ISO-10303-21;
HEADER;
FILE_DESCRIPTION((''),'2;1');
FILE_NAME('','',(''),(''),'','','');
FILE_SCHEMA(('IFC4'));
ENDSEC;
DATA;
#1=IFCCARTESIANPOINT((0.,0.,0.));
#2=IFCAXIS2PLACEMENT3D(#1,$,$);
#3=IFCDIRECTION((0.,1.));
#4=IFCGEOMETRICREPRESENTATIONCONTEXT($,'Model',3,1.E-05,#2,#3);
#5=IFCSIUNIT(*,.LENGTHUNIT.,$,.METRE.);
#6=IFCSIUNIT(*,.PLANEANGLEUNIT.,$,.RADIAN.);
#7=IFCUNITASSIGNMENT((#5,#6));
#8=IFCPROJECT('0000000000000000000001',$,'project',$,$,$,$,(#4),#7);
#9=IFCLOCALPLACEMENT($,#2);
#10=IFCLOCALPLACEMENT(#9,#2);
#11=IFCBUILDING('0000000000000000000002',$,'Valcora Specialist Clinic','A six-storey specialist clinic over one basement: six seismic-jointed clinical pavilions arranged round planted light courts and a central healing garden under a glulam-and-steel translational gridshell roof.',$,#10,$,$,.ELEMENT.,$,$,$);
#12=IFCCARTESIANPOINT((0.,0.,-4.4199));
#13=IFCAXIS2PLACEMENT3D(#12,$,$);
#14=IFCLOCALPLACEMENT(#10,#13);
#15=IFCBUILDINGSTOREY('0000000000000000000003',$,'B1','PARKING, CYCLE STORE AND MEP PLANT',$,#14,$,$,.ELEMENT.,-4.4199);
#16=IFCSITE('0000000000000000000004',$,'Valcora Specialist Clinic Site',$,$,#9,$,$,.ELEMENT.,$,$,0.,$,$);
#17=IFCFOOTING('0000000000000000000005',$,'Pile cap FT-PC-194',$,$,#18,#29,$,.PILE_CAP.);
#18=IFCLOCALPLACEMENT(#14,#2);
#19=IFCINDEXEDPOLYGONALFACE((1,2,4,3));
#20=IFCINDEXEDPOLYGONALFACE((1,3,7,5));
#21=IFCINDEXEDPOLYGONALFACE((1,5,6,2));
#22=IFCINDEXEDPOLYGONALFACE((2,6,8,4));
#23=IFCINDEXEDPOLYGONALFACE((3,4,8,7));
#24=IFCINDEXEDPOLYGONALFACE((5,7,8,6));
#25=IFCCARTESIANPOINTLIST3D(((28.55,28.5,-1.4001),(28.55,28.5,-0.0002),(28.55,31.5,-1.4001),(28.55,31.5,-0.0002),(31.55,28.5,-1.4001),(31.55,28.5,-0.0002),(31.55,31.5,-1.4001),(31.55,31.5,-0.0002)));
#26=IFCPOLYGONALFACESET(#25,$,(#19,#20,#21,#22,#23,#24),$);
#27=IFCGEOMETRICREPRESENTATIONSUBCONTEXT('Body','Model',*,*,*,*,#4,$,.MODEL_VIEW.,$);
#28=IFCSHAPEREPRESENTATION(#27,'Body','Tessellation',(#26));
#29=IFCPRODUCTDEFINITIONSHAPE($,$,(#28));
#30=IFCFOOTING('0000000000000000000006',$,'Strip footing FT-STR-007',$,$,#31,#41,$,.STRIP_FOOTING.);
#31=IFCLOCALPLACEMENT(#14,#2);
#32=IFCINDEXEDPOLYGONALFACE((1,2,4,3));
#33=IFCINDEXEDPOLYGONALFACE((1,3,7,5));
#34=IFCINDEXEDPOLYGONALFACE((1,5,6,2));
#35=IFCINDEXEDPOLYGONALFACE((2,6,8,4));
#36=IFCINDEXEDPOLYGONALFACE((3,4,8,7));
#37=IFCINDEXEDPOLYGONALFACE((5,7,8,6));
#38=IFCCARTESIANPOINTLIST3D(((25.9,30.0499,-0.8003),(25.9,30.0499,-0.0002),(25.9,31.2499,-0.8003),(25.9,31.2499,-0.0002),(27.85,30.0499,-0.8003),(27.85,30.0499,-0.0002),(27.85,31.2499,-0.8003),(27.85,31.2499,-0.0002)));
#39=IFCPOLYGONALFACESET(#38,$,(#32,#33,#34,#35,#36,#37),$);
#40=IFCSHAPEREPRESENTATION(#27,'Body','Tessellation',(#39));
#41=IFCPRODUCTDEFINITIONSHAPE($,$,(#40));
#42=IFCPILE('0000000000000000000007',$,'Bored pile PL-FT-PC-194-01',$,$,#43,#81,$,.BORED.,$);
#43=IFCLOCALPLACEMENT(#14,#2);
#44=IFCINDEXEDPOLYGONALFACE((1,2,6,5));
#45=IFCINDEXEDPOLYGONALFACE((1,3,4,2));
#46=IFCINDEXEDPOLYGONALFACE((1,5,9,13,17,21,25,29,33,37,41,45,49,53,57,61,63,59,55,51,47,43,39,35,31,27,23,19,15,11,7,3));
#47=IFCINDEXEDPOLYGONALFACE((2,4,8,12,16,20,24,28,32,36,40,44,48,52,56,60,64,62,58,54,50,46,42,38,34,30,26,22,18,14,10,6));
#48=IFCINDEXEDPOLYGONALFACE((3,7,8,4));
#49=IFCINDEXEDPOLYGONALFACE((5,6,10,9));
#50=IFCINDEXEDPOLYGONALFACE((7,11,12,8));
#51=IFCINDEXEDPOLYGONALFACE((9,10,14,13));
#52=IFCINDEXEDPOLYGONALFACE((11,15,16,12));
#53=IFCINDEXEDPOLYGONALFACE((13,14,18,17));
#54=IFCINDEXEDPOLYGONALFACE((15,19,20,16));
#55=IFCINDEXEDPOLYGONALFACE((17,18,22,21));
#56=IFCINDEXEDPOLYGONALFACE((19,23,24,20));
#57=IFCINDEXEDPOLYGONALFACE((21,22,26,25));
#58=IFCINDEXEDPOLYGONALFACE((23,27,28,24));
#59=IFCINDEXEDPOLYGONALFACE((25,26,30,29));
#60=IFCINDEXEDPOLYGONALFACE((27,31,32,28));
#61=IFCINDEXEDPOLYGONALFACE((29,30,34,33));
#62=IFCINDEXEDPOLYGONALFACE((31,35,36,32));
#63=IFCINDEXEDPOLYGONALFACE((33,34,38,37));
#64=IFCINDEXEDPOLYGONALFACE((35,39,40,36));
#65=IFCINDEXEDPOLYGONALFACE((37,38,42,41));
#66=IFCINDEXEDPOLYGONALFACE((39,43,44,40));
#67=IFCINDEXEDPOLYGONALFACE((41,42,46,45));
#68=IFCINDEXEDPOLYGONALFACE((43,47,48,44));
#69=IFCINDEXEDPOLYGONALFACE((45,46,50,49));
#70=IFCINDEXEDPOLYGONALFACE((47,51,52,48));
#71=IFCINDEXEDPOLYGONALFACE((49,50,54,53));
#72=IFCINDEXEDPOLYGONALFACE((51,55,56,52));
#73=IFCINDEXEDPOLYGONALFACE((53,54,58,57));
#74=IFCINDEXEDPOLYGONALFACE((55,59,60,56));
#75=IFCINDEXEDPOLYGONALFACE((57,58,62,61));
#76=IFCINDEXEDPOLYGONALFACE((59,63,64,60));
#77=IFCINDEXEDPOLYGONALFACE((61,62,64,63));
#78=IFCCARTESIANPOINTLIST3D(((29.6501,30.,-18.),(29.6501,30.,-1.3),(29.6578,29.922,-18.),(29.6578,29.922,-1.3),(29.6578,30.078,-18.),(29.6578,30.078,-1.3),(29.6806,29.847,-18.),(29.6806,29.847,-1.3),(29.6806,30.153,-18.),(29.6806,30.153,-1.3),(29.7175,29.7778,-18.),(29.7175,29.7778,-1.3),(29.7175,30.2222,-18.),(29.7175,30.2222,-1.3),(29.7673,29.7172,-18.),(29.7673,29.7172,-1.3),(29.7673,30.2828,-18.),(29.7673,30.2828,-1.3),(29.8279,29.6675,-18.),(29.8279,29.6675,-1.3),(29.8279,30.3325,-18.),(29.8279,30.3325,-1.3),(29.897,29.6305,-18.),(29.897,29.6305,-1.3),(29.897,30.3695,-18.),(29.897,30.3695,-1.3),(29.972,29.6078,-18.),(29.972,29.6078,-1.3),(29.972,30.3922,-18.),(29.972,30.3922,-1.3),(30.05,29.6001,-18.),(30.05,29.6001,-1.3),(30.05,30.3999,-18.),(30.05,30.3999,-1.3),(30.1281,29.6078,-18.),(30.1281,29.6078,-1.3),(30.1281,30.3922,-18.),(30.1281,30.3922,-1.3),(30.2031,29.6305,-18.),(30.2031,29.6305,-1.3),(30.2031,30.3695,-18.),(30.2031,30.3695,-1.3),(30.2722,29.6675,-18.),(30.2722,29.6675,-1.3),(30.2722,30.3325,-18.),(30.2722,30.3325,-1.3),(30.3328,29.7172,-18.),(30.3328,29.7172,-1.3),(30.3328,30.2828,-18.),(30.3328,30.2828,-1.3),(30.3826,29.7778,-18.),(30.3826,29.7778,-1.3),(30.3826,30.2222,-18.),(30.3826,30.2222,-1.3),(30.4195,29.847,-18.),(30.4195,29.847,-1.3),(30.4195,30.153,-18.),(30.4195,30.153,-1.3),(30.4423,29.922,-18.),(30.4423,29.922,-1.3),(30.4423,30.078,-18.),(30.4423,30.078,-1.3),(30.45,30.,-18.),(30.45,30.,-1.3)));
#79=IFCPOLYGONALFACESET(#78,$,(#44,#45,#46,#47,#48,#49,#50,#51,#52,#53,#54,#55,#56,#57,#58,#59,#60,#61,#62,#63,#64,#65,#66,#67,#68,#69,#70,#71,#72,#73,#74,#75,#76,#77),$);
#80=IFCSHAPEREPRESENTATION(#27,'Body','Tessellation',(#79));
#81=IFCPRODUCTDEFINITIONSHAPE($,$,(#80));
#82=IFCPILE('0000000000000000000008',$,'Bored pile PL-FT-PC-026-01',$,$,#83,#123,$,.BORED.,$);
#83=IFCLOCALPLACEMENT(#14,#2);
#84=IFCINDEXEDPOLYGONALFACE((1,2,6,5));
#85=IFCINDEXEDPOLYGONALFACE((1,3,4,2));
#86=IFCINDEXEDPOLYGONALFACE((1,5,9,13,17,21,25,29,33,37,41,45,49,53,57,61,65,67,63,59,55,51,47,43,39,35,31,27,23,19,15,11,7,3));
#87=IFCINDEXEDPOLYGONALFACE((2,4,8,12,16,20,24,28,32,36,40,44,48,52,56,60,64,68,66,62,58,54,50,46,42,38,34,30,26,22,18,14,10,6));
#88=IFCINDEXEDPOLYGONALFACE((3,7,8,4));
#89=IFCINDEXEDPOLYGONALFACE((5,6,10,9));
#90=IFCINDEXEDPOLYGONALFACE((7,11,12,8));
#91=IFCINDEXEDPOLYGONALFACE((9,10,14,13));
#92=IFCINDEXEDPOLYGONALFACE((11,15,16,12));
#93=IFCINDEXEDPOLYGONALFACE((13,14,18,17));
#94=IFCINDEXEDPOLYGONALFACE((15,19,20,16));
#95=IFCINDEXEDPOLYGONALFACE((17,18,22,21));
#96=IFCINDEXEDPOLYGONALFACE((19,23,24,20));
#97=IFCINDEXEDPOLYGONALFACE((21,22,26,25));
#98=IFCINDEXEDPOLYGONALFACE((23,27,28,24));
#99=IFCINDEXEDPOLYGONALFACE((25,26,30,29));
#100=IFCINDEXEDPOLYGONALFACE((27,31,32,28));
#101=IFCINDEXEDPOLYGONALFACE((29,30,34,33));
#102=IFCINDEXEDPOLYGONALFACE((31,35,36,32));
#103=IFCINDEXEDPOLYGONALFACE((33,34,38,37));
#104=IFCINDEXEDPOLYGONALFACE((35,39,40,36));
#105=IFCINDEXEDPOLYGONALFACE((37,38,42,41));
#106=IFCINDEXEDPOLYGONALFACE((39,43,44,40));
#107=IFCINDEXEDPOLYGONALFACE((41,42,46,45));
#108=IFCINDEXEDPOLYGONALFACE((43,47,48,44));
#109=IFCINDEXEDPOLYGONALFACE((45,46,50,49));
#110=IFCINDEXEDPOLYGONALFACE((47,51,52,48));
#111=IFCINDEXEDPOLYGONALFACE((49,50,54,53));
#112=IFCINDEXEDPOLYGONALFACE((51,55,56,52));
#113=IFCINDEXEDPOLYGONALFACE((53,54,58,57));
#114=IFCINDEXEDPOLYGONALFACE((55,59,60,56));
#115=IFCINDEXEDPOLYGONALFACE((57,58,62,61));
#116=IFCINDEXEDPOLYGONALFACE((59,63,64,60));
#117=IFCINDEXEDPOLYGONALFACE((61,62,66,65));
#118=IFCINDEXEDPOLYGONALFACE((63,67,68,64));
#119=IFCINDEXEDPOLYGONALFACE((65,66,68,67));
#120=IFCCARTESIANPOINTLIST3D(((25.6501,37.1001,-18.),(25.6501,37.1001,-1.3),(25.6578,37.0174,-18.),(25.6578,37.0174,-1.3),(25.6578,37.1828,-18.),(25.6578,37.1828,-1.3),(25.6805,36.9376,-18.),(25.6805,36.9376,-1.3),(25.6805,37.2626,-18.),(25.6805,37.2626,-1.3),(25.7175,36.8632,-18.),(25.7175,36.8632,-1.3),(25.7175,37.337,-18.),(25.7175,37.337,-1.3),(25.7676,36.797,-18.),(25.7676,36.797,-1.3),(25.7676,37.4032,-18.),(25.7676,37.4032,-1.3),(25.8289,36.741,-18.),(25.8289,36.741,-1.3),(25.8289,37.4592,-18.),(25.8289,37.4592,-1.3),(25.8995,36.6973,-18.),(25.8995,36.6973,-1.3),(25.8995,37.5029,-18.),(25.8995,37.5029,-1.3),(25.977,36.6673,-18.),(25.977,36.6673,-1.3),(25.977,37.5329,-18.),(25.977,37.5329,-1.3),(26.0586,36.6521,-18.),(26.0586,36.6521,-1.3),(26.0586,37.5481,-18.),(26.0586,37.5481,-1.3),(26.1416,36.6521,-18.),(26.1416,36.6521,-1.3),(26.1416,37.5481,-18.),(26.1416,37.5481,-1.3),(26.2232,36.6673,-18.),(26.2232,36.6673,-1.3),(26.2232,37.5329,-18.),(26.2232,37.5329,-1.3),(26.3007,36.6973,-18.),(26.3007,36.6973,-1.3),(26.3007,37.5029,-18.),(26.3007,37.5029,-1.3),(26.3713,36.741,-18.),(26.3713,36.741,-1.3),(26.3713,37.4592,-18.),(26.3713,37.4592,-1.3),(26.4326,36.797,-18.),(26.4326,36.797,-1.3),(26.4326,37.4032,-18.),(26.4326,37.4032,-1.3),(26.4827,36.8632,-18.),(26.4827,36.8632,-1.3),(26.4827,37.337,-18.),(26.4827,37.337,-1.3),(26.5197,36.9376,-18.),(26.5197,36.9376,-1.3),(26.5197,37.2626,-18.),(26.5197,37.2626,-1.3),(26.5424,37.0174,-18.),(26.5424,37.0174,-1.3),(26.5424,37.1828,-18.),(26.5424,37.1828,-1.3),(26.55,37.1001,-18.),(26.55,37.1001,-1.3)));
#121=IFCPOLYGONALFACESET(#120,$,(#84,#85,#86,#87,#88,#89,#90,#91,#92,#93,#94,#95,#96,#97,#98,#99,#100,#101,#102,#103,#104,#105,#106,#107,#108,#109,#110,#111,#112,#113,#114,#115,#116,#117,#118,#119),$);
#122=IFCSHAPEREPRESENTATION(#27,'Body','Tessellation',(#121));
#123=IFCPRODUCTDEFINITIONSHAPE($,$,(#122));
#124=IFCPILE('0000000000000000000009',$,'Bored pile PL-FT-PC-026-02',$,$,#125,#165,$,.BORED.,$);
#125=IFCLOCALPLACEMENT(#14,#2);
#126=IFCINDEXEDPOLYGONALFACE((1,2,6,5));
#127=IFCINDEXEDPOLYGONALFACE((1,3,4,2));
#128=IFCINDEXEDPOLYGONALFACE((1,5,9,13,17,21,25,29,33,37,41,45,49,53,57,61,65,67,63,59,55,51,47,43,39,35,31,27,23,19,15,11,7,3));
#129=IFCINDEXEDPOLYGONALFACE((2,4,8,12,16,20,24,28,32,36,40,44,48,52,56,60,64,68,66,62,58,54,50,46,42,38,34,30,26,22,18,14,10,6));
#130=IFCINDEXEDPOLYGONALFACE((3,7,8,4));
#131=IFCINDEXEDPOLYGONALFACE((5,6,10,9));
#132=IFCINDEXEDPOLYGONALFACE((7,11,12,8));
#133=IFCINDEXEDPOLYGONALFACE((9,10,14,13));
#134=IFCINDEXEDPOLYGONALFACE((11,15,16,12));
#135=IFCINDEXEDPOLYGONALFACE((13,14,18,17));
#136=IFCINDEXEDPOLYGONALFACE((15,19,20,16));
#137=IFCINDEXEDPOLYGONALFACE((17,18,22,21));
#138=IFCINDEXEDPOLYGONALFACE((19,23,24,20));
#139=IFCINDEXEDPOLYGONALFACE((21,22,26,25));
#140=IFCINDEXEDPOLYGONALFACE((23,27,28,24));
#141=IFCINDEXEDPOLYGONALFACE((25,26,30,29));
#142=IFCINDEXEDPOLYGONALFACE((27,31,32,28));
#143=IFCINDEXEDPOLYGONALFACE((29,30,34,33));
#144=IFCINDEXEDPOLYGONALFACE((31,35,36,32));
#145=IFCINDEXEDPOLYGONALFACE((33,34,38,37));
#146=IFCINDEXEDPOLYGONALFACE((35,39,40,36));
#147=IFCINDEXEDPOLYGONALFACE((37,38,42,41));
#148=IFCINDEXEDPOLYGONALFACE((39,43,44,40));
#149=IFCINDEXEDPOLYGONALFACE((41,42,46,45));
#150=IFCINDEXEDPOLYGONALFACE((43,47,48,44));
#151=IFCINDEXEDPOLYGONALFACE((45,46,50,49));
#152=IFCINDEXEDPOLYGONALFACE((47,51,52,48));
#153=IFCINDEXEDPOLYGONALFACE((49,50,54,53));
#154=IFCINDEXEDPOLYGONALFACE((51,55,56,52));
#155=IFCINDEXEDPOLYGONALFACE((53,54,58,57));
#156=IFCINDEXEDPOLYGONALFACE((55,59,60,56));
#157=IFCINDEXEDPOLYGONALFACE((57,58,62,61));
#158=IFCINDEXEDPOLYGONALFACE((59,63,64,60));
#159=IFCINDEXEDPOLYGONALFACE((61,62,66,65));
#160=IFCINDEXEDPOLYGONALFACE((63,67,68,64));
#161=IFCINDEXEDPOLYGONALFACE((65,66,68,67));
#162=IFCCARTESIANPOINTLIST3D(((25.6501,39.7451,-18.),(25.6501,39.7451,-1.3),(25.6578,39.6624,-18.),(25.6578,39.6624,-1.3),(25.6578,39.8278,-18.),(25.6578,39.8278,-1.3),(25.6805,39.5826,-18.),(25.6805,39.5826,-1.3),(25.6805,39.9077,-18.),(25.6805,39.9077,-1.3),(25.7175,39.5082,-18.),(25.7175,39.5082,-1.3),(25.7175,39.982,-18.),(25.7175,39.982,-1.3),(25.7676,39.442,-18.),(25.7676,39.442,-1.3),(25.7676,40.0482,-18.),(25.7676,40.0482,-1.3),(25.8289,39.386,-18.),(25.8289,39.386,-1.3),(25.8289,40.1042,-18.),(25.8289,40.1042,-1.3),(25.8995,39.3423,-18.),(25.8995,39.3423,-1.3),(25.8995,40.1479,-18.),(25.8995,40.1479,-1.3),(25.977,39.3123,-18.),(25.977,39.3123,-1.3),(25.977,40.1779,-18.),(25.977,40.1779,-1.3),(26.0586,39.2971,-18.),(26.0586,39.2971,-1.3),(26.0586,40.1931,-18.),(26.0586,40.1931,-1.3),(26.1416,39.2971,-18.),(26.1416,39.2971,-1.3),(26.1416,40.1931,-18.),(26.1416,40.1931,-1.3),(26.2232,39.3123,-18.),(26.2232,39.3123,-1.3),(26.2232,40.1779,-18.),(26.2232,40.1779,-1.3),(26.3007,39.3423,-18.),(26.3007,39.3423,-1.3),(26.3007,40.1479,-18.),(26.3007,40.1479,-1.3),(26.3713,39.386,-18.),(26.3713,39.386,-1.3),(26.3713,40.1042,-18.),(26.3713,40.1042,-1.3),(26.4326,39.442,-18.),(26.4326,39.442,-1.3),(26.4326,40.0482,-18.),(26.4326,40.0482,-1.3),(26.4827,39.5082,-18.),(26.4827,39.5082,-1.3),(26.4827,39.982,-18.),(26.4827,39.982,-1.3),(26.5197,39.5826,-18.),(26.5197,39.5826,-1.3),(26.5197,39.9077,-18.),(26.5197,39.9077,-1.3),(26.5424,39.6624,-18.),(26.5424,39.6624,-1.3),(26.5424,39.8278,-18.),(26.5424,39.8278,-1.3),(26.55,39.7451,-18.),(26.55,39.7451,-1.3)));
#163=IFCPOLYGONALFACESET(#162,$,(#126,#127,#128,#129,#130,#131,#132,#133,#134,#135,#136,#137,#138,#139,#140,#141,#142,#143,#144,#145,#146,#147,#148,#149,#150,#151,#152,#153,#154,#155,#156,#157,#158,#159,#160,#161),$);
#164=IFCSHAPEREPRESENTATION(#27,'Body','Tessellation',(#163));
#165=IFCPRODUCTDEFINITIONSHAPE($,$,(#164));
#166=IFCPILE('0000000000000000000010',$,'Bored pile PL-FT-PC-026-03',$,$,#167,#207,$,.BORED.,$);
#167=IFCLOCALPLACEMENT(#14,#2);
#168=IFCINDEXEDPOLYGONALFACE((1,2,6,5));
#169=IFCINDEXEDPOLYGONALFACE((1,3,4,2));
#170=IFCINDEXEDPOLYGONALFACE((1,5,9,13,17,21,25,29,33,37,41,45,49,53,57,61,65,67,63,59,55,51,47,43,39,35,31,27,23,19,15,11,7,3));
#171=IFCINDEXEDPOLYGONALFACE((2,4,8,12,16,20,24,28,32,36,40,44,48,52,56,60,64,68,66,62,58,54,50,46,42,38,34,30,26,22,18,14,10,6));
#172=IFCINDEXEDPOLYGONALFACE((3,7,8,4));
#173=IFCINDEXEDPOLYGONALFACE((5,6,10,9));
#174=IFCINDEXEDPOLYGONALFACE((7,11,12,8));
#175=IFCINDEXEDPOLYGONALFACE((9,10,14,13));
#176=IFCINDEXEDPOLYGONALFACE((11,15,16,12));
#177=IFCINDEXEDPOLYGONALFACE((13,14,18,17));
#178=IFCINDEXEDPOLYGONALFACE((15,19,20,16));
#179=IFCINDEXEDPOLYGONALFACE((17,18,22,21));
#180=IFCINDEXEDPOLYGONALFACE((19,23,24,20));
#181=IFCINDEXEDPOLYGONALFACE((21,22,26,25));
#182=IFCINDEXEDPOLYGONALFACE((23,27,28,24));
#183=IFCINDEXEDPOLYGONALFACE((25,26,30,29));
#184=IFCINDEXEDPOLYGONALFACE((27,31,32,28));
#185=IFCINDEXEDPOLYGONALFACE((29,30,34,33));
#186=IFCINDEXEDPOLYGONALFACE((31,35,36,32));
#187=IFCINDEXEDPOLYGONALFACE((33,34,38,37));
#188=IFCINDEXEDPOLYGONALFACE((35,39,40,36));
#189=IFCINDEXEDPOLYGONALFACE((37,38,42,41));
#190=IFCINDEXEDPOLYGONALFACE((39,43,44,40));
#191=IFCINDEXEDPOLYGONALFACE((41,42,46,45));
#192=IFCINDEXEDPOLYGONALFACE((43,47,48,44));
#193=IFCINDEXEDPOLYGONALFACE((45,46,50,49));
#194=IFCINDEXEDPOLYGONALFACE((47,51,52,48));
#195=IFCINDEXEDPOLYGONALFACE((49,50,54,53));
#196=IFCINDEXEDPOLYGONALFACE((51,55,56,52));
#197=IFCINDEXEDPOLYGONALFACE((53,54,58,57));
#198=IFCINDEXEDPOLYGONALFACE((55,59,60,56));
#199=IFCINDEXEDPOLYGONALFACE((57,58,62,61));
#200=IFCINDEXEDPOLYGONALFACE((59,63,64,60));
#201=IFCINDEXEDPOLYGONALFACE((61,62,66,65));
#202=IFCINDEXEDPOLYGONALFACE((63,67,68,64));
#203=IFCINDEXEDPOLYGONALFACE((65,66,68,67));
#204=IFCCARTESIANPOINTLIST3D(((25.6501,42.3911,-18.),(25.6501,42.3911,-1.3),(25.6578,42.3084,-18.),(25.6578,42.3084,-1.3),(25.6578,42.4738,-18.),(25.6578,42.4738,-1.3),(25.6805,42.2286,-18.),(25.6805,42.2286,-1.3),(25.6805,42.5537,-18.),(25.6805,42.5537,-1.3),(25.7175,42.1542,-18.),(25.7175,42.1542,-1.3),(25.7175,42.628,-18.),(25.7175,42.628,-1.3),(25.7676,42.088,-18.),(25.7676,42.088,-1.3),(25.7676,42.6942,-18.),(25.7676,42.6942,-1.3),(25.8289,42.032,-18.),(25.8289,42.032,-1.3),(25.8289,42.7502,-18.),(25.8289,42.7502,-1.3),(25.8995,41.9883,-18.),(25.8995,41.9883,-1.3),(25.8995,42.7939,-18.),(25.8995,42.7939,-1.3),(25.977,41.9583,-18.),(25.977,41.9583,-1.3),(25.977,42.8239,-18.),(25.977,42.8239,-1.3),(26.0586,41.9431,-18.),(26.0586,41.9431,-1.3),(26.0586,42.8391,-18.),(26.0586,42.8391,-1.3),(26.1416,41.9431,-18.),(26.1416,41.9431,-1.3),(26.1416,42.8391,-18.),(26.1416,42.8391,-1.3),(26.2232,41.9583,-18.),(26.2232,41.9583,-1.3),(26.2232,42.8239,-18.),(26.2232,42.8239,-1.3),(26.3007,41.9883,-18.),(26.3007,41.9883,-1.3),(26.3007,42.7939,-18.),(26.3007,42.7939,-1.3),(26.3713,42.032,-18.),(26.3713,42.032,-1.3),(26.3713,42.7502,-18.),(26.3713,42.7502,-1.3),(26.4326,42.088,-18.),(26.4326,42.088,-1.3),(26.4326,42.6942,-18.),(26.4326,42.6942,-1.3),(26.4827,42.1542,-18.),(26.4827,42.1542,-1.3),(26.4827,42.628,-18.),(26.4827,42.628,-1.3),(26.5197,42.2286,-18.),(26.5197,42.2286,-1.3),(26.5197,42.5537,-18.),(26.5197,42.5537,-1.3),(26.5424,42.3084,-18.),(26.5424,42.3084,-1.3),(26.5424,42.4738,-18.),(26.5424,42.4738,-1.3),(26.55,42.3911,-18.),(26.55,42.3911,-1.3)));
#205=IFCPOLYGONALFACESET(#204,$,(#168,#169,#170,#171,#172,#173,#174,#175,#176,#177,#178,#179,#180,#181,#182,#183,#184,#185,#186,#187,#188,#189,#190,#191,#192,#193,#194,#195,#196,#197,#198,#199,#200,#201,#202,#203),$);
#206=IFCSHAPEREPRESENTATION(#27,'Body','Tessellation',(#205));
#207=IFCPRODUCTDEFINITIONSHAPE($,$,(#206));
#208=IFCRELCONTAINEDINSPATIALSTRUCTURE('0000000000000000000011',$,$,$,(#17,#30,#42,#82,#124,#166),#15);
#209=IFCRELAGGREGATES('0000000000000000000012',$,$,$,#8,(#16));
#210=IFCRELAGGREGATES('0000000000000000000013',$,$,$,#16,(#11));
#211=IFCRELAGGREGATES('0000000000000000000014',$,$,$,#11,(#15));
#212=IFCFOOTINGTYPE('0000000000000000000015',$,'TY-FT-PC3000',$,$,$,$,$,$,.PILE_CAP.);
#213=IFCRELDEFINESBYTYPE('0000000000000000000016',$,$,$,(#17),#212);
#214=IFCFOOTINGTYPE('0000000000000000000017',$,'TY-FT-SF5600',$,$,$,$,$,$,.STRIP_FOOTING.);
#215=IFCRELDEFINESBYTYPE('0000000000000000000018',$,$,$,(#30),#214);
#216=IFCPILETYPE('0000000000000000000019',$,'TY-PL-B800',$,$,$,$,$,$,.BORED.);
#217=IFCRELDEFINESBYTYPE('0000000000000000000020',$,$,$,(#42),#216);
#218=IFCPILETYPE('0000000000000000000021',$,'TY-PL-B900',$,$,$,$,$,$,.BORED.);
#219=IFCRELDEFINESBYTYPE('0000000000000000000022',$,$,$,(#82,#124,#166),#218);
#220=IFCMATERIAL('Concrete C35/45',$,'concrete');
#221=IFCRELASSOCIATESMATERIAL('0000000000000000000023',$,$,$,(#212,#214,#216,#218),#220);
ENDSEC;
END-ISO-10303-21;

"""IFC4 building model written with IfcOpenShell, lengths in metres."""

from ifc_helpers import new_model, si_unit, direction, frame, origin, origin_2d, place, context, subcontext, project, spatial, rectangle, circle, extrude, material, material_profile, profile_set, type_object, element, save


model = new_model("IFC4")

# Units and contexts
model_context = context("Model", 3, precision=1e-05, world=origin(), true_north=direction((0.0, 1.0)))
body_context = subcontext(model_context, "Body", "Model", "MODEL_VIEW")
ifc_project = project(units=[si_unit("LENGTHUNIT", "METRE"), si_unit("PLANEANGLEUNIT", "RADIAN")], contexts=[model_context])

# Site, building, storey
site_placement = place(None, origin())
site = spatial("IfcSite", under=ifc_project, at=site_placement, Name="Valcora Specialist Clinic Site", CompositionType="ELEMENT", RefElevation=0.0)
building_placement = place(site_placement, origin())
building = spatial("IfcBuilding", under=site, at=building_placement, Name="Valcora Specialist Clinic", Description="A six-storey specialist clinic over one basement: six seismic-jointed clinical pavilions arranged round planted light courts and a central healing garden under a glulam-and-steel translational gridshell roof.", CompositionType="ELEMENT")
storey_placement = place(building_placement, frame((0.0, 0.0, -4.4199)))
storey = spatial("IfcBuildingStorey", under=building, at=storey_placement, Name="B1", Description="PARKING, CYCLE STORE AND MEP PLANT", CompositionType="ELEMENT", Elevation=-4.4199)

# Footings
ifc_material_1 = material(Name="Concrete C35/45", Category="concrete")
footing_type_1 = type_object("IfcFootingType", Name="TY-FT-PC3000", PredefinedType="PILE_CAP", material=ifc_material_1)
footing_1_placement = place(storey_placement, frame((30.05, 30.0, -1.4001), z_axis=(0.0, 0.0, 1.0), x_axis=(1.0, 0.0, 0.0)))
element("IfcFooting", 1, at=footing_1_placement, inside=storey, type_object=footing_type_1, Name="Pile cap FT-PC-194", PredefinedType="PILE_CAP", context=body_context, shape_type="SweptSolid", body=[
    extrude(rectangle(XDim=3.0, YDim=3.0, at=origin_2d()), origin(), (0.0, 0.0, 1.0), 1.3999),
])
footing_type_2 = type_object("IfcFootingType", Name="TY-FT-SF5600", PredefinedType="STRIP_FOOTING", material=ifc_material_1)
footing_2_placement = place(storey_placement, frame((26.875, 30.6499, -0.8003), z_axis=(0.0, 0.0, 1.0), x_axis=(1.0, 0.0, 0.0)))
element("IfcFooting", 2, at=footing_2_placement, inside=storey, type_object=footing_type_2, Name="Strip footing FT-STR-007", PredefinedType="STRIP_FOOTING", context=body_context, shape_type="SweptSolid", body=[
    extrude(rectangle(XDim=1.95, YDim=1.2, at=origin_2d()), origin(), (0.0, 0.0, 1.0), 0.8),
])

# Piles
ifc_material_profile_1 = material_profile(ifc_material_1, circle(Radius=0.3999, at=origin_2d()), Name="RC-PIL-D800")
ifc_profile_set_1 = profile_set([ifc_material_profile_1], Name="Concrete C35/45")
pile_type_1 = type_object("IfcPileType", Name="TY-PL-B800", PredefinedType="BORED", material=ifc_profile_set_1)
pile_placement = place(storey_placement, frame((30.05, 30.0, -1.3), z_axis=(0.0, 0.0, -1.0), x_axis=(1.0, 0.0, 0.0)))
element("IfcPile", 3, at=pile_placement, inside=storey, type_object=pile_type_1, Name="Bored pile PL-FT-PC-194-01", PredefinedType="BORED", context=body_context, shape_type="SweptSolid", body=[
    extrude(circle(Radius=0.3999, at=origin_2d()), origin(), (0.0, 0.0, 1.0), 16.7),
])
ifc_material_profile_2 = material_profile(ifc_material_1, circle(Radius=0.45, at=origin_2d()), Name="RC-PIL-D900")
ifc_profile_set_2 = profile_set([ifc_material_profile_2], Name="Concrete C35/45")
pile_type_2 = type_object("IfcPileType", Name="TY-PL-B900", PredefinedType="BORED", material=ifc_profile_set_2)
for number, where, z_axis, x_axis, name in (
    (4, (26.1001, 37.1001, -1.3), (0.0, 0.0, -1.0), (1.0, 0.0, 0.0), "Bored pile PL-FT-PC-026-01"),
    (5, (26.1001, 39.7451, -1.3), (0.0, 0.0, -1.0), (1.0, 0.0, 0.0), "Bored pile PL-FT-PC-026-02"),
    (6, (26.1001, 42.3911, -1.3), (0.0, 0.0, -1.0), (1.0, 0.0, 0.0), "Bored pile PL-FT-PC-026-03"),
):
    element("IfcPile", number, at=place(storey_placement, frame(where, z_axis=z_axis, x_axis=x_axis)), inside=storey, type_object=pile_type_2, Name=name, PredefinedType="BORED", context=body_context, shape_type="SweptSolid", body=[
        extrude(circle(Radius=0.45, at=origin_2d()), origin(), (0.0, 0.0, 1.0), 16.7),
    ])

save(model, "model.ifc")
